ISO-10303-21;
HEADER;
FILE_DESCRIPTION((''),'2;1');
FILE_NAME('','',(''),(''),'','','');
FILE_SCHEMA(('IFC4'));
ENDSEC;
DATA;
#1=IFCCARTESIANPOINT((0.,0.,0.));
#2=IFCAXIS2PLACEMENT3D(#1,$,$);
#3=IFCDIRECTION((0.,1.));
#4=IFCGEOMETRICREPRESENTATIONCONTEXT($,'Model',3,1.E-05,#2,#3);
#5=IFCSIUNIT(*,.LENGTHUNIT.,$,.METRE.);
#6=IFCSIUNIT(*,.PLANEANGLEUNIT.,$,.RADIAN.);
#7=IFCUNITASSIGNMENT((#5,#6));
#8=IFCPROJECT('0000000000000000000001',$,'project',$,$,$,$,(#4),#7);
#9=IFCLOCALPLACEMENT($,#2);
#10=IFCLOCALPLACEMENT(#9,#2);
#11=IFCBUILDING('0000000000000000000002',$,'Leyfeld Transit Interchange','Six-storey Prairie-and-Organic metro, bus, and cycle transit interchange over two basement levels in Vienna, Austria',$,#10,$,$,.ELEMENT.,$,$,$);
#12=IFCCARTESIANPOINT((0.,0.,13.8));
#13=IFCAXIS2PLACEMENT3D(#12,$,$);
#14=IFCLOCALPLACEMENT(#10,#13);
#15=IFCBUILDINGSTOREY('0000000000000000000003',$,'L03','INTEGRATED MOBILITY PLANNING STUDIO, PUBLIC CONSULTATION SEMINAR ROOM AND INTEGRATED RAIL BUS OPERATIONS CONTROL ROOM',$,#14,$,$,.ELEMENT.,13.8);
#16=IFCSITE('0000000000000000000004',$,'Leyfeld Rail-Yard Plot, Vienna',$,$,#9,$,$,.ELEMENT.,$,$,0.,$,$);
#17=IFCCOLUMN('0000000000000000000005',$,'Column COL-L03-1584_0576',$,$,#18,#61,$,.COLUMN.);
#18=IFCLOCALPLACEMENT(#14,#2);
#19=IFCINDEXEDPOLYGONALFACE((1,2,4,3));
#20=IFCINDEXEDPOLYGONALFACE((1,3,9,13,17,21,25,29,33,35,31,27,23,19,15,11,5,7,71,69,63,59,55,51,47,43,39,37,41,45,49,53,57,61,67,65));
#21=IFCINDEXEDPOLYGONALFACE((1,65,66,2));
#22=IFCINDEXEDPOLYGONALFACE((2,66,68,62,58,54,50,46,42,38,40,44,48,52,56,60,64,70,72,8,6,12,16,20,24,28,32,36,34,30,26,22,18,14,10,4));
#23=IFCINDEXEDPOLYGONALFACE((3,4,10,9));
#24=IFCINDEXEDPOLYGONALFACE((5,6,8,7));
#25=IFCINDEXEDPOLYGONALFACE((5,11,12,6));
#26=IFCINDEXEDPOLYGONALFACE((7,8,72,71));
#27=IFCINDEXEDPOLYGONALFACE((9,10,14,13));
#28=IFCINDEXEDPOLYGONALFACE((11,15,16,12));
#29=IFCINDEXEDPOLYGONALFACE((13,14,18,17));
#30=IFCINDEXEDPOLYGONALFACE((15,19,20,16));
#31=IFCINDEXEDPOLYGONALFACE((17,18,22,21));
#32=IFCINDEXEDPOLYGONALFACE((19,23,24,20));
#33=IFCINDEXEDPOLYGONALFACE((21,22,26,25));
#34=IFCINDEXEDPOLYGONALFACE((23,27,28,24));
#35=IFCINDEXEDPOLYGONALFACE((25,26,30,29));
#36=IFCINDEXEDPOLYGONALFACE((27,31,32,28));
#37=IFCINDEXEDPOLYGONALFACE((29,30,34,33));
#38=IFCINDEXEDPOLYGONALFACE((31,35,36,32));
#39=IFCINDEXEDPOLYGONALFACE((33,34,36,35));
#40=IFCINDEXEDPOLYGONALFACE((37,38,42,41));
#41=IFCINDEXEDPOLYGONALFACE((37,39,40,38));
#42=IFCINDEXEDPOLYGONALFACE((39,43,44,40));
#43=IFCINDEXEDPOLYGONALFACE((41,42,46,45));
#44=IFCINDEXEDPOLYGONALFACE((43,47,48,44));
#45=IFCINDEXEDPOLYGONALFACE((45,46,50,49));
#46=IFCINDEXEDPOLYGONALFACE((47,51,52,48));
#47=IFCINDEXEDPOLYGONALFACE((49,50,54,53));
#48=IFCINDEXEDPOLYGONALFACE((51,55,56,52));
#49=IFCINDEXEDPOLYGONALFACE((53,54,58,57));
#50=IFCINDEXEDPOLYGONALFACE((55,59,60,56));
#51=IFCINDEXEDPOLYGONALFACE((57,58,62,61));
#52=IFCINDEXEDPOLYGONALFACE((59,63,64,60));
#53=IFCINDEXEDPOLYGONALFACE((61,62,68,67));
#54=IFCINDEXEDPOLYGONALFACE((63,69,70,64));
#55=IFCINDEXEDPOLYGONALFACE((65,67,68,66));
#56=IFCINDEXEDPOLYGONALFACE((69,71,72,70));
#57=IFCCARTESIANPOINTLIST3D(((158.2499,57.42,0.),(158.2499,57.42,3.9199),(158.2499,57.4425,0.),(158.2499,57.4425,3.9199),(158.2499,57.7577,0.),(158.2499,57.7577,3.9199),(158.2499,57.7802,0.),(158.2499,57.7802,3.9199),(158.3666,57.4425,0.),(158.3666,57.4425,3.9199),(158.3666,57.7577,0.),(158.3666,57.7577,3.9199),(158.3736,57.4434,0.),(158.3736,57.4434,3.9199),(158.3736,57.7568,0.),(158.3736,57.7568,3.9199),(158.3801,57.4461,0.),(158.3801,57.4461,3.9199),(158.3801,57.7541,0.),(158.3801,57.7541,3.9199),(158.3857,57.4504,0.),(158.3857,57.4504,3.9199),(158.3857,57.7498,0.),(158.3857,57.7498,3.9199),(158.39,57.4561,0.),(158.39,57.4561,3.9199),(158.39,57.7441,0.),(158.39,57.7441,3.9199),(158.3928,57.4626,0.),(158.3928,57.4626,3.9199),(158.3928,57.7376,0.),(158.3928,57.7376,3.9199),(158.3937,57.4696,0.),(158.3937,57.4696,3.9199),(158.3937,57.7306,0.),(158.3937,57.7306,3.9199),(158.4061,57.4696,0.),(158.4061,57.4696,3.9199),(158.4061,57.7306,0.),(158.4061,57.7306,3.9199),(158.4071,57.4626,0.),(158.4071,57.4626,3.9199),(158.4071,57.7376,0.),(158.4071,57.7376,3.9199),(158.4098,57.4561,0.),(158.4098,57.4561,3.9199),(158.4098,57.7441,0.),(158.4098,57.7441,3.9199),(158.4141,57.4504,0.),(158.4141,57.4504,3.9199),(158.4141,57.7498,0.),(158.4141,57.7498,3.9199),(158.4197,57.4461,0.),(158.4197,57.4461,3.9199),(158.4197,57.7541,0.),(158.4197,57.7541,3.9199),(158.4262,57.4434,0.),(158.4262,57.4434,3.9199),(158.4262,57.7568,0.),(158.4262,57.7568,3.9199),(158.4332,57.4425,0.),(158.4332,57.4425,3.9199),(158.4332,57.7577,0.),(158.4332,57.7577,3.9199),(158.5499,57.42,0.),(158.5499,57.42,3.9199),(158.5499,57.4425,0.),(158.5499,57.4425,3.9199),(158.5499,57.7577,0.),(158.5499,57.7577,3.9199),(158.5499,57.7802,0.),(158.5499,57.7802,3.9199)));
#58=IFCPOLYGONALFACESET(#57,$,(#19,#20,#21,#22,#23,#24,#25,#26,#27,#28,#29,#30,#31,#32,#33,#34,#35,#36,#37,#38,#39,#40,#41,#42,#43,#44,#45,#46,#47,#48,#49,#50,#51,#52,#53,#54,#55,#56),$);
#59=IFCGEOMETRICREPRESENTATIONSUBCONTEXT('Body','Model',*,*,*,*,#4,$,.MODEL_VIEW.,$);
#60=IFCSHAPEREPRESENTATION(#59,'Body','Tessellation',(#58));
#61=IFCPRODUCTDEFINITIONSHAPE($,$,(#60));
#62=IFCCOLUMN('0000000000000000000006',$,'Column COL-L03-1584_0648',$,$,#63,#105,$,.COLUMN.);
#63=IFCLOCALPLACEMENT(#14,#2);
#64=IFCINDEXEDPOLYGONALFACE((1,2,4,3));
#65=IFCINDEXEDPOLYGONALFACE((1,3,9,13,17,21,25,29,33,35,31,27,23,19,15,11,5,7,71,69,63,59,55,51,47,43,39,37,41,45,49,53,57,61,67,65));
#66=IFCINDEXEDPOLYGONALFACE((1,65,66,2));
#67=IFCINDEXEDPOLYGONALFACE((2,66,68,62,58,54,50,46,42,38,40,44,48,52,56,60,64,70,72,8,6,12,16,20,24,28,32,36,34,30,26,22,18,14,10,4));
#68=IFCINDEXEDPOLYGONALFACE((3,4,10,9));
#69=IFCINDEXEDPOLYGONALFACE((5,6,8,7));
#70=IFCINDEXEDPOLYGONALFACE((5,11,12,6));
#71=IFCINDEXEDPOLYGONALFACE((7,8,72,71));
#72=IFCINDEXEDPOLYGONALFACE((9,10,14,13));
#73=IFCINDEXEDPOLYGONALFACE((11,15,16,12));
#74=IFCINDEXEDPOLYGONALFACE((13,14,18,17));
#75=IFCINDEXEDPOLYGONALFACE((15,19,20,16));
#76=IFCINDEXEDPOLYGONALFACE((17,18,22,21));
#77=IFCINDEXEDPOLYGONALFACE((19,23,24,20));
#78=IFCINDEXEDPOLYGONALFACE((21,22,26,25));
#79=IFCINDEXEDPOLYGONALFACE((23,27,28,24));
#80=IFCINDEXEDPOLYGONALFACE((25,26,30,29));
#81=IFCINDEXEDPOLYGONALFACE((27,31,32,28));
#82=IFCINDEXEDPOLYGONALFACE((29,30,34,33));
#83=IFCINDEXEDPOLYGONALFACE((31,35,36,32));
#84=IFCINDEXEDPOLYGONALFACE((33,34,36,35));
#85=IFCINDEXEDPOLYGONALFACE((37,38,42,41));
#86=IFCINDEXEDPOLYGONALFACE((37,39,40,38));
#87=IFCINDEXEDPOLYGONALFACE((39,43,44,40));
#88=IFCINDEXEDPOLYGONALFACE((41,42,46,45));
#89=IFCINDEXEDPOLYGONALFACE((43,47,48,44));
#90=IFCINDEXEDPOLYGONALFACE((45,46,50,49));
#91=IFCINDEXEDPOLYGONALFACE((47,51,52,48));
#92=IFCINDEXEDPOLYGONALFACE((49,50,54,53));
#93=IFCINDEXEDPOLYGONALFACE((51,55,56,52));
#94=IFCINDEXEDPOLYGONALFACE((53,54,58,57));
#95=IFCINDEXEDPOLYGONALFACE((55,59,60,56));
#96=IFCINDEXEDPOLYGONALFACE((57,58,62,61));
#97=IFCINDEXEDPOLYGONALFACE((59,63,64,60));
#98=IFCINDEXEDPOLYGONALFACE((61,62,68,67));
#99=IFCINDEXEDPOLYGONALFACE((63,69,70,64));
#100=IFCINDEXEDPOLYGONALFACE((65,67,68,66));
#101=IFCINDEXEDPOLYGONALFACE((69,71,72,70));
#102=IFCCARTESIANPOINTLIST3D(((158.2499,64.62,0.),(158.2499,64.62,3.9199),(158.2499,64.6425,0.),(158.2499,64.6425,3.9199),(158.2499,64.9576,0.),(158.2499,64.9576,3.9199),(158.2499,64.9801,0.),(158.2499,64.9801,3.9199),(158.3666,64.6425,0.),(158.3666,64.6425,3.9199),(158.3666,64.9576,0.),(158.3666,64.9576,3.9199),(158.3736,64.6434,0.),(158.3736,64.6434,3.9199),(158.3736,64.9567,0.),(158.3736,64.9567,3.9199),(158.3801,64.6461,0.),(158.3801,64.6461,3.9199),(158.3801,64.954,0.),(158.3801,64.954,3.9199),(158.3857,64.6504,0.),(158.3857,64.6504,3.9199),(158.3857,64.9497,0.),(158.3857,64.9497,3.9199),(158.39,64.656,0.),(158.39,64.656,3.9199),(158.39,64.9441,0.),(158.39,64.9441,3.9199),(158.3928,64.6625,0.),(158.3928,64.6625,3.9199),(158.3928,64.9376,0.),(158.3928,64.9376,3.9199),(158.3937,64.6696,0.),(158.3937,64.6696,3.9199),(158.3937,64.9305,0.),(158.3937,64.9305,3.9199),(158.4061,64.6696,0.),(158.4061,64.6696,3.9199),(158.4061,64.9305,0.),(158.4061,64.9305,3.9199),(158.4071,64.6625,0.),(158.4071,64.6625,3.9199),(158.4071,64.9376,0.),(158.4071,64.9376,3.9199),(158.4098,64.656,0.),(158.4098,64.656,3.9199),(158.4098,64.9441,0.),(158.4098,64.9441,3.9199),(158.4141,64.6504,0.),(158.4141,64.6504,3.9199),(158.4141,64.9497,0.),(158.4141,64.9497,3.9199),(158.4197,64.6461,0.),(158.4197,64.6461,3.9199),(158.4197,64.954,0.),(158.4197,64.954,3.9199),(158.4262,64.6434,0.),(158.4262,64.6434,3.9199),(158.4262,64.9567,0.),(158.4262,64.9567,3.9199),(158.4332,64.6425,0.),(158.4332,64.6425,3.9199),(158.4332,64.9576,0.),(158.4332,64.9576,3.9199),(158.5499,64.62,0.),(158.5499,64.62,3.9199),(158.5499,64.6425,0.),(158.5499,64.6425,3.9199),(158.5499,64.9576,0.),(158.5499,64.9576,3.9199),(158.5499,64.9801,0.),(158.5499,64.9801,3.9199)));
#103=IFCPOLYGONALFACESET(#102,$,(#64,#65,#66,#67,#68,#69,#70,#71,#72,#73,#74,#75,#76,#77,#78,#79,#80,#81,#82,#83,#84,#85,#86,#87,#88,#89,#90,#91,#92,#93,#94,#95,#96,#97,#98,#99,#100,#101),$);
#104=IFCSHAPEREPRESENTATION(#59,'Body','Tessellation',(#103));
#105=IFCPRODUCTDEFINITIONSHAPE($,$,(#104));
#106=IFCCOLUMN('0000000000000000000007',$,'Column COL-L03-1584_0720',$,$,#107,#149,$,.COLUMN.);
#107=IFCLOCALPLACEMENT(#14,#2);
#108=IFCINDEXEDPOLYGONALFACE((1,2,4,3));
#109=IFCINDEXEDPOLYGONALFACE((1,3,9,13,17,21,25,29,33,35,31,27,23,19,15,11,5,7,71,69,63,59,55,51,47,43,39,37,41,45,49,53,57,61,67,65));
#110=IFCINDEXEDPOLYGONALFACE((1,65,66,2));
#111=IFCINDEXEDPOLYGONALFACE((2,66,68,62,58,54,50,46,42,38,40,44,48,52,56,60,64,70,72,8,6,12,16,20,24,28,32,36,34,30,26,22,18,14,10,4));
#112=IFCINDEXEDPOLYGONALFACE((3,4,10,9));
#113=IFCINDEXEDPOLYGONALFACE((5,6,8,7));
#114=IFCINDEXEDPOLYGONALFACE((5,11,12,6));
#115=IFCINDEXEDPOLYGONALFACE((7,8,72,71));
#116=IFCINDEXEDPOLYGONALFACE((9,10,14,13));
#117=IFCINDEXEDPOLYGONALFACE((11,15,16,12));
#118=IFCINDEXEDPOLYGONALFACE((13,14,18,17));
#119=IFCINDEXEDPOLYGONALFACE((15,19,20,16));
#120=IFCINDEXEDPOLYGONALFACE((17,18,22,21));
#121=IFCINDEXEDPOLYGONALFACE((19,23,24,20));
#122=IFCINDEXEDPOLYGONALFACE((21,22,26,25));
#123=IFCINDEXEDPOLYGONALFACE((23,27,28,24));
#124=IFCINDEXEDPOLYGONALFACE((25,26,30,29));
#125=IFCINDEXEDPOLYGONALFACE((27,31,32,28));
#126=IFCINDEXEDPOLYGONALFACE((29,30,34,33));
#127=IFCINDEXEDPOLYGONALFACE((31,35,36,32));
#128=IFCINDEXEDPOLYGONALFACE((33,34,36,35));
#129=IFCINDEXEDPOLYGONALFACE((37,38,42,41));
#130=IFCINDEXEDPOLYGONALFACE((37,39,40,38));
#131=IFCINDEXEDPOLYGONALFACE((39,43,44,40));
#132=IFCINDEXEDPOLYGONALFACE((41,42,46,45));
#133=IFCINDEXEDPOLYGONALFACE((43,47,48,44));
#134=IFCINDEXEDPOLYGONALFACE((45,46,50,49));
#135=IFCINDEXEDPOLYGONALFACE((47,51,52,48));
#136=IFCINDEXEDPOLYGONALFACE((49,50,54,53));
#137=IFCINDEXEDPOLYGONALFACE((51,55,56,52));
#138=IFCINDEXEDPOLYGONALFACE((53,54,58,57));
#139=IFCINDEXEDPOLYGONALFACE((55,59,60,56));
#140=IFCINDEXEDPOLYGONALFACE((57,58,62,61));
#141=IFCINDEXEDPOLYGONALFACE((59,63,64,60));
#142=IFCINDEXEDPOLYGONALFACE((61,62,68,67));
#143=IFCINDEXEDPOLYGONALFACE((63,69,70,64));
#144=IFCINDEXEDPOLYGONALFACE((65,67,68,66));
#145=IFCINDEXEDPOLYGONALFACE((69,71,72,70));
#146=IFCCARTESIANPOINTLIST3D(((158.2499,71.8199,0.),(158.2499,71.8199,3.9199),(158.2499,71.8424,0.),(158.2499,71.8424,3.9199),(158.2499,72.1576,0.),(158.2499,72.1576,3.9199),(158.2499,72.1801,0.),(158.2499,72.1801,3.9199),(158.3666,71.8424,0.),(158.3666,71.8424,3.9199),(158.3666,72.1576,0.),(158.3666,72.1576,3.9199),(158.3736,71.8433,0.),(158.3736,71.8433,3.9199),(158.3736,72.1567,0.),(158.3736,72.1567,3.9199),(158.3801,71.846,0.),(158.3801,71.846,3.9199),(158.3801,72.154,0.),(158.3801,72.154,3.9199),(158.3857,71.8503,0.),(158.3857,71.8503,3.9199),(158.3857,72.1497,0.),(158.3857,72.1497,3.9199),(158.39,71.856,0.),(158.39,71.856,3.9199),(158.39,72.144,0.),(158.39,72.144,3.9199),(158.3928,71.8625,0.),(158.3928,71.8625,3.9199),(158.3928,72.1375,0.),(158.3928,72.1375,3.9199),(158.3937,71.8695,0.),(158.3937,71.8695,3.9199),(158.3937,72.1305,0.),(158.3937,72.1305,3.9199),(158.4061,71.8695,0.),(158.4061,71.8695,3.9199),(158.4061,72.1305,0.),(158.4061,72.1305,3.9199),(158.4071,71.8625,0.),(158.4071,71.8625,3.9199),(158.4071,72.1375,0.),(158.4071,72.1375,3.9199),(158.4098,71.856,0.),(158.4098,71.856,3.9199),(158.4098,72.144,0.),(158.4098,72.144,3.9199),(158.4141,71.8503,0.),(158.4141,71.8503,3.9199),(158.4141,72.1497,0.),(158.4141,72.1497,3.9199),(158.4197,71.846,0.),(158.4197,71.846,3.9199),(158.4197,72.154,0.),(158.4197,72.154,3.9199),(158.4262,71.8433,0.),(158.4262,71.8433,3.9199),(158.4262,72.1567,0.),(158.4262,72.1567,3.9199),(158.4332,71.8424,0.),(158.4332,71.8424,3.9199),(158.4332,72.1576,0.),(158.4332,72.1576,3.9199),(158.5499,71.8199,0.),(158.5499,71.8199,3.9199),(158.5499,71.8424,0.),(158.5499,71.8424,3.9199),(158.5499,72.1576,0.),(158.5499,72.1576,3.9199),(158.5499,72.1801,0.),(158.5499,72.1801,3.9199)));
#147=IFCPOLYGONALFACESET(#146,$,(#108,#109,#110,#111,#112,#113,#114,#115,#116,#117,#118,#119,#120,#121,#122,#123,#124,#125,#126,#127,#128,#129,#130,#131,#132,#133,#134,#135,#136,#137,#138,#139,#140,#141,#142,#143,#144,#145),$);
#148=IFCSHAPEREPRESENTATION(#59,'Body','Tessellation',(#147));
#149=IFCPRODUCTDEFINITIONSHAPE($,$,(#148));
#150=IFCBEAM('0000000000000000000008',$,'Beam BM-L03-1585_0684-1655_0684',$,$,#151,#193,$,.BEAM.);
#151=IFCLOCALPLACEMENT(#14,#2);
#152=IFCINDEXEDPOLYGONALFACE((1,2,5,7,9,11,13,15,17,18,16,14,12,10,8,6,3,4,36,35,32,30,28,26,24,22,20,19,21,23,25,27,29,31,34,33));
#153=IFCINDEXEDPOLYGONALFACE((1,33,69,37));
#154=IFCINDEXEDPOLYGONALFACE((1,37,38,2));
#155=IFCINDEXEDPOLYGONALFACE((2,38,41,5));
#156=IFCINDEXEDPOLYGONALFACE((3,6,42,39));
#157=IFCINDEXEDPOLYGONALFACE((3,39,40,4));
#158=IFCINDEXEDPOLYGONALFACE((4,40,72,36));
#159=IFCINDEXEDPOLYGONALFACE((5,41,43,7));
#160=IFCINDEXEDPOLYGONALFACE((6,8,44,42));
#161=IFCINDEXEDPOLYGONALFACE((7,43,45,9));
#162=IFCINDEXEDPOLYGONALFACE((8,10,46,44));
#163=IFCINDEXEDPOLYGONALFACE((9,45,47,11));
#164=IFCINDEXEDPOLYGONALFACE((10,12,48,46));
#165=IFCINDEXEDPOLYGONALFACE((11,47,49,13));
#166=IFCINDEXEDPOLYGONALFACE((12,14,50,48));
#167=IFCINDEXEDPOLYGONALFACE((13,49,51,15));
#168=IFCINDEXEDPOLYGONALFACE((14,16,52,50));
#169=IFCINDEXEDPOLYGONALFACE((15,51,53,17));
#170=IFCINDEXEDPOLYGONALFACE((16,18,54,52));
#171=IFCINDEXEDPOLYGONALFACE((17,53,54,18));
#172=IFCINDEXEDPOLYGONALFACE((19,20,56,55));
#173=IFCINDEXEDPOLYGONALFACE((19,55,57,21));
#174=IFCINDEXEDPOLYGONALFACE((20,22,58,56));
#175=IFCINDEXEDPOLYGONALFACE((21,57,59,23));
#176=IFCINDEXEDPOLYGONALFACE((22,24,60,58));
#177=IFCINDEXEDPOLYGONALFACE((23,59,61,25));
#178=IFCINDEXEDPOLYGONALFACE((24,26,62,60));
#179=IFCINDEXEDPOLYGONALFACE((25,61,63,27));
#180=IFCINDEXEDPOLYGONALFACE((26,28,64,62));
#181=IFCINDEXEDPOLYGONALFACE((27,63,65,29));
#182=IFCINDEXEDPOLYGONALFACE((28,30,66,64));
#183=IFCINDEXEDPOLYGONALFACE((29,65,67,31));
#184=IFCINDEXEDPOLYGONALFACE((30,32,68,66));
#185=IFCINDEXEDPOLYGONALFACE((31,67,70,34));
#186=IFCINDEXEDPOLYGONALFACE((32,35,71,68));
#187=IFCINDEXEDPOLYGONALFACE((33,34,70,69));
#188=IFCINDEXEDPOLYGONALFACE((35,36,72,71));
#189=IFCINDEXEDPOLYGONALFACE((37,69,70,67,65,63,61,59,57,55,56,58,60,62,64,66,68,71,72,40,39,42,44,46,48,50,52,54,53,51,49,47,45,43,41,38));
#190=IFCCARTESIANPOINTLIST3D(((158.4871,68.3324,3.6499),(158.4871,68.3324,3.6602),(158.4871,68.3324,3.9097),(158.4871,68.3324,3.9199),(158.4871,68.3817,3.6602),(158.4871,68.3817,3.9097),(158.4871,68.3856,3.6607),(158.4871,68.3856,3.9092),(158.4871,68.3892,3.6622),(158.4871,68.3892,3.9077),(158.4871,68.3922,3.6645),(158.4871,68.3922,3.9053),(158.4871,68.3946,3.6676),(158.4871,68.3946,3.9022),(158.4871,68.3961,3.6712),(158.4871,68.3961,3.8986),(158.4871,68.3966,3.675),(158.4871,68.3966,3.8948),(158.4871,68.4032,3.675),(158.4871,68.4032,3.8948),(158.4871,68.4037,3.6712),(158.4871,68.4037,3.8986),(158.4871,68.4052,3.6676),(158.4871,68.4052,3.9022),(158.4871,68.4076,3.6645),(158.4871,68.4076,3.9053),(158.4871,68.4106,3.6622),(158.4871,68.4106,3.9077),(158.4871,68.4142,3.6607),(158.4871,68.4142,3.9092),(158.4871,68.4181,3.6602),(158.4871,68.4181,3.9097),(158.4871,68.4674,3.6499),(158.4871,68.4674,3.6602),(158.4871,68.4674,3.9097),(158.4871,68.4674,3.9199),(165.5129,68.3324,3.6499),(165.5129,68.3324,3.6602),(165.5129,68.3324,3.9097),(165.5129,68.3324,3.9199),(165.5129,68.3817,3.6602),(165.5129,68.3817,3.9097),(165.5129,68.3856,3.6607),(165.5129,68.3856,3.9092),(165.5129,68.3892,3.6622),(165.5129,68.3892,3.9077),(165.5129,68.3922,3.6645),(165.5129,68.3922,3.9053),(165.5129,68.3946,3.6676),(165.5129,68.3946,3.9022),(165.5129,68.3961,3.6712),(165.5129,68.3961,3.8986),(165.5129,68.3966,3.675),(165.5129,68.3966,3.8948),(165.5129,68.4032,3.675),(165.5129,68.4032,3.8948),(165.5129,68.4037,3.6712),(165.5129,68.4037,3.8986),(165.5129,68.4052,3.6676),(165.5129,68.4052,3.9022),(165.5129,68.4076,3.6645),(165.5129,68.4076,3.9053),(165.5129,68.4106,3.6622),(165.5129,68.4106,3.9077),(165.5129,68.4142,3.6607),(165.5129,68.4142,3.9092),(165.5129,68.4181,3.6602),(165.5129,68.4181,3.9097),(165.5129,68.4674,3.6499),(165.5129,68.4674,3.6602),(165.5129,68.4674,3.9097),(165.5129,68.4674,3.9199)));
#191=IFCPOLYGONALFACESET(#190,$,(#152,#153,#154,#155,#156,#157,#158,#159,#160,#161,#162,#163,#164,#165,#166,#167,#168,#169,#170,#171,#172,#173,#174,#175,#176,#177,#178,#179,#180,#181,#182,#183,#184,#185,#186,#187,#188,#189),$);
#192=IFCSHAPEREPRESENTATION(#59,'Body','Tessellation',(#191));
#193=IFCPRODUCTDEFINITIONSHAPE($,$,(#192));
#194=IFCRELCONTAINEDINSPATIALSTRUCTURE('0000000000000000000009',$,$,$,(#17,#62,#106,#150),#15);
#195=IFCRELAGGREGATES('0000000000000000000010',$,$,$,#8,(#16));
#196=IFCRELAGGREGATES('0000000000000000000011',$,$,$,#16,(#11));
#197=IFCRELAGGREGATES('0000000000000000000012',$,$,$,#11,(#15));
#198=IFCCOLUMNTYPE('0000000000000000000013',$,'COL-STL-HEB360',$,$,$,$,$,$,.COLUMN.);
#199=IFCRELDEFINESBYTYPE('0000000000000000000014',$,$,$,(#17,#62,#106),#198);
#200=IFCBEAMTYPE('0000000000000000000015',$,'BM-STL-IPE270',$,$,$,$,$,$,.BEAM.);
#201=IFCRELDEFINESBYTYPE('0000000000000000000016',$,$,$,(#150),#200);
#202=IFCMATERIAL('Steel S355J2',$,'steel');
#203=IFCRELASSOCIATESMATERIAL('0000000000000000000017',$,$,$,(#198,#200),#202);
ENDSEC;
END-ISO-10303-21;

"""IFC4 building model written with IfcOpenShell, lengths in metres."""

from ifc_helpers import new_model, si_unit, direction, frame, origin, origin_2d, place, context, subcontext, project, spatial, i_section, extrude, material, material_profile, profile_set, type_object, element, save


model = new_model("IFC4")

# Units and contexts
model_context = context("Model", 3, precision=1e-05, world=origin(), true_north=direction((0.0, 1.0)))
body_context = subcontext(model_context, "Body", "Model", "MODEL_VIEW")
ifc_project = project(units=[si_unit("LENGTHUNIT", "METRE"), si_unit("PLANEANGLEUNIT", "RADIAN")], contexts=[model_context])

# Site, building, storey
site_placement = place(None, origin())
site = spatial("IfcSite", under=ifc_project, at=site_placement, Name="Leyfeld Rail-Yard Plot, Vienna", CompositionType="ELEMENT", RefElevation=0.0)
building_placement = place(site_placement, origin())
building = spatial("IfcBuilding", under=site, at=building_placement, Name="Leyfeld Transit Interchange", Description="Six-storey Prairie-and-Organic metro, bus, and cycle transit interchange over two basement levels in Vienna, Austria", CompositionType="ELEMENT")
storey_placement = place(building_placement, frame((0.0, 0.0, 13.8)))
storey = spatial("IfcBuildingStorey", under=building, at=storey_placement, Name="L03", Description="INTEGRATED MOBILITY PLANNING STUDIO, PUBLIC CONSULTATION SEMINAR ROOM AND INTEGRATED RAIL BUS OPERATIONS CONTROL ROOM", CompositionType="ELEMENT", Elevation=13.8)

# Columns
ifc_material_1 = material(Name="Steel S355J2", Category="steel")
ifc_material_profile_1 = material_profile(ifc_material_1, i_section(OverallWidth=0.3, OverallDepth=0.3601, WebThickness=0.0125, FlangeThickness=0.0225, FilletRadius=0.0271, at=origin_2d()), Name="HEB 360")
ifc_profile_set_1 = profile_set([ifc_material_profile_1], Name="Steel S355J2")
column_type = type_object("IfcColumnType", Name="COL-STL-HEB360", PredefinedType="COLUMN", material=ifc_profile_set_1)
for number, where, z_axis, x_axis, name in (
    (1, (158.3999, 57.6001, 0.0), (0.0, 0.0, 1.0), (1.0, 0.0, 0.0), "Column COL-L03-1584_0576"),
    (2, (158.3999, 64.8, 0.0), (0.0, 0.0, 1.0), (1.0, 0.0, 0.0), "Column COL-L03-1584_0648"),
    (3, (158.3999, 72.0, 0.0), (0.0, 0.0, 1.0), (1.0, 0.0, 0.0), "Column COL-L03-1584_0720"),
):
    element("IfcColumn", number, at=place(storey_placement, frame(where, z_axis=z_axis, x_axis=x_axis)), inside=storey, type_object=column_type, Name=name, PredefinedType="COLUMN", context=body_context, shape_type="SweptSolid", body=[
        extrude(i_section(OverallWidth=0.3, OverallDepth=0.3601, WebThickness=0.0125, FlangeThickness=0.0225, FilletRadius=0.0271, at=origin_2d()), origin(), (0.0, 0.0, 1.0), 3.9199),
    ])

# Beam
ifc_material_profile_2 = material_profile(ifc_material_1, i_section(OverallWidth=0.135, OverallDepth=0.27, WebThickness=0.0066, FlangeThickness=0.0103, FilletRadius=0.0149, at=origin_2d()), Name="IPE 270")
ifc_profile_set_2 = profile_set([ifc_material_profile_2], Name="Steel S355J2")
beam_type_1 = type_object("IfcBeamType", Name="BM-STL-IPE270", PredefinedType="BEAM", material=ifc_profile_set_2)
for number, where, z_axis, x_axis, name in (
    (4, (158.4871, 68.3999, 3.7849), (1.0, 0.0, 0.0), (0.0, 1.0, 0.0), "Beam BM-L03-1585_0684-1655_0684"),
):
    element("IfcBeam", number, at=place(storey_placement, frame(where, z_axis=z_axis, x_axis=x_axis)), inside=storey, type_object=beam_type_1, Name=name, PredefinedType="BEAM", context=body_context, shape_type="SweptSolid", body=[
        extrude(i_section(OverallWidth=0.135, OverallDepth=0.27, WebThickness=0.0066, FlangeThickness=0.0103, FilletRadius=0.0149, at=origin_2d()), origin(), (0.0, 0.0, 1.0), 7.0259),
    ])

save(model, "model.ifc")
